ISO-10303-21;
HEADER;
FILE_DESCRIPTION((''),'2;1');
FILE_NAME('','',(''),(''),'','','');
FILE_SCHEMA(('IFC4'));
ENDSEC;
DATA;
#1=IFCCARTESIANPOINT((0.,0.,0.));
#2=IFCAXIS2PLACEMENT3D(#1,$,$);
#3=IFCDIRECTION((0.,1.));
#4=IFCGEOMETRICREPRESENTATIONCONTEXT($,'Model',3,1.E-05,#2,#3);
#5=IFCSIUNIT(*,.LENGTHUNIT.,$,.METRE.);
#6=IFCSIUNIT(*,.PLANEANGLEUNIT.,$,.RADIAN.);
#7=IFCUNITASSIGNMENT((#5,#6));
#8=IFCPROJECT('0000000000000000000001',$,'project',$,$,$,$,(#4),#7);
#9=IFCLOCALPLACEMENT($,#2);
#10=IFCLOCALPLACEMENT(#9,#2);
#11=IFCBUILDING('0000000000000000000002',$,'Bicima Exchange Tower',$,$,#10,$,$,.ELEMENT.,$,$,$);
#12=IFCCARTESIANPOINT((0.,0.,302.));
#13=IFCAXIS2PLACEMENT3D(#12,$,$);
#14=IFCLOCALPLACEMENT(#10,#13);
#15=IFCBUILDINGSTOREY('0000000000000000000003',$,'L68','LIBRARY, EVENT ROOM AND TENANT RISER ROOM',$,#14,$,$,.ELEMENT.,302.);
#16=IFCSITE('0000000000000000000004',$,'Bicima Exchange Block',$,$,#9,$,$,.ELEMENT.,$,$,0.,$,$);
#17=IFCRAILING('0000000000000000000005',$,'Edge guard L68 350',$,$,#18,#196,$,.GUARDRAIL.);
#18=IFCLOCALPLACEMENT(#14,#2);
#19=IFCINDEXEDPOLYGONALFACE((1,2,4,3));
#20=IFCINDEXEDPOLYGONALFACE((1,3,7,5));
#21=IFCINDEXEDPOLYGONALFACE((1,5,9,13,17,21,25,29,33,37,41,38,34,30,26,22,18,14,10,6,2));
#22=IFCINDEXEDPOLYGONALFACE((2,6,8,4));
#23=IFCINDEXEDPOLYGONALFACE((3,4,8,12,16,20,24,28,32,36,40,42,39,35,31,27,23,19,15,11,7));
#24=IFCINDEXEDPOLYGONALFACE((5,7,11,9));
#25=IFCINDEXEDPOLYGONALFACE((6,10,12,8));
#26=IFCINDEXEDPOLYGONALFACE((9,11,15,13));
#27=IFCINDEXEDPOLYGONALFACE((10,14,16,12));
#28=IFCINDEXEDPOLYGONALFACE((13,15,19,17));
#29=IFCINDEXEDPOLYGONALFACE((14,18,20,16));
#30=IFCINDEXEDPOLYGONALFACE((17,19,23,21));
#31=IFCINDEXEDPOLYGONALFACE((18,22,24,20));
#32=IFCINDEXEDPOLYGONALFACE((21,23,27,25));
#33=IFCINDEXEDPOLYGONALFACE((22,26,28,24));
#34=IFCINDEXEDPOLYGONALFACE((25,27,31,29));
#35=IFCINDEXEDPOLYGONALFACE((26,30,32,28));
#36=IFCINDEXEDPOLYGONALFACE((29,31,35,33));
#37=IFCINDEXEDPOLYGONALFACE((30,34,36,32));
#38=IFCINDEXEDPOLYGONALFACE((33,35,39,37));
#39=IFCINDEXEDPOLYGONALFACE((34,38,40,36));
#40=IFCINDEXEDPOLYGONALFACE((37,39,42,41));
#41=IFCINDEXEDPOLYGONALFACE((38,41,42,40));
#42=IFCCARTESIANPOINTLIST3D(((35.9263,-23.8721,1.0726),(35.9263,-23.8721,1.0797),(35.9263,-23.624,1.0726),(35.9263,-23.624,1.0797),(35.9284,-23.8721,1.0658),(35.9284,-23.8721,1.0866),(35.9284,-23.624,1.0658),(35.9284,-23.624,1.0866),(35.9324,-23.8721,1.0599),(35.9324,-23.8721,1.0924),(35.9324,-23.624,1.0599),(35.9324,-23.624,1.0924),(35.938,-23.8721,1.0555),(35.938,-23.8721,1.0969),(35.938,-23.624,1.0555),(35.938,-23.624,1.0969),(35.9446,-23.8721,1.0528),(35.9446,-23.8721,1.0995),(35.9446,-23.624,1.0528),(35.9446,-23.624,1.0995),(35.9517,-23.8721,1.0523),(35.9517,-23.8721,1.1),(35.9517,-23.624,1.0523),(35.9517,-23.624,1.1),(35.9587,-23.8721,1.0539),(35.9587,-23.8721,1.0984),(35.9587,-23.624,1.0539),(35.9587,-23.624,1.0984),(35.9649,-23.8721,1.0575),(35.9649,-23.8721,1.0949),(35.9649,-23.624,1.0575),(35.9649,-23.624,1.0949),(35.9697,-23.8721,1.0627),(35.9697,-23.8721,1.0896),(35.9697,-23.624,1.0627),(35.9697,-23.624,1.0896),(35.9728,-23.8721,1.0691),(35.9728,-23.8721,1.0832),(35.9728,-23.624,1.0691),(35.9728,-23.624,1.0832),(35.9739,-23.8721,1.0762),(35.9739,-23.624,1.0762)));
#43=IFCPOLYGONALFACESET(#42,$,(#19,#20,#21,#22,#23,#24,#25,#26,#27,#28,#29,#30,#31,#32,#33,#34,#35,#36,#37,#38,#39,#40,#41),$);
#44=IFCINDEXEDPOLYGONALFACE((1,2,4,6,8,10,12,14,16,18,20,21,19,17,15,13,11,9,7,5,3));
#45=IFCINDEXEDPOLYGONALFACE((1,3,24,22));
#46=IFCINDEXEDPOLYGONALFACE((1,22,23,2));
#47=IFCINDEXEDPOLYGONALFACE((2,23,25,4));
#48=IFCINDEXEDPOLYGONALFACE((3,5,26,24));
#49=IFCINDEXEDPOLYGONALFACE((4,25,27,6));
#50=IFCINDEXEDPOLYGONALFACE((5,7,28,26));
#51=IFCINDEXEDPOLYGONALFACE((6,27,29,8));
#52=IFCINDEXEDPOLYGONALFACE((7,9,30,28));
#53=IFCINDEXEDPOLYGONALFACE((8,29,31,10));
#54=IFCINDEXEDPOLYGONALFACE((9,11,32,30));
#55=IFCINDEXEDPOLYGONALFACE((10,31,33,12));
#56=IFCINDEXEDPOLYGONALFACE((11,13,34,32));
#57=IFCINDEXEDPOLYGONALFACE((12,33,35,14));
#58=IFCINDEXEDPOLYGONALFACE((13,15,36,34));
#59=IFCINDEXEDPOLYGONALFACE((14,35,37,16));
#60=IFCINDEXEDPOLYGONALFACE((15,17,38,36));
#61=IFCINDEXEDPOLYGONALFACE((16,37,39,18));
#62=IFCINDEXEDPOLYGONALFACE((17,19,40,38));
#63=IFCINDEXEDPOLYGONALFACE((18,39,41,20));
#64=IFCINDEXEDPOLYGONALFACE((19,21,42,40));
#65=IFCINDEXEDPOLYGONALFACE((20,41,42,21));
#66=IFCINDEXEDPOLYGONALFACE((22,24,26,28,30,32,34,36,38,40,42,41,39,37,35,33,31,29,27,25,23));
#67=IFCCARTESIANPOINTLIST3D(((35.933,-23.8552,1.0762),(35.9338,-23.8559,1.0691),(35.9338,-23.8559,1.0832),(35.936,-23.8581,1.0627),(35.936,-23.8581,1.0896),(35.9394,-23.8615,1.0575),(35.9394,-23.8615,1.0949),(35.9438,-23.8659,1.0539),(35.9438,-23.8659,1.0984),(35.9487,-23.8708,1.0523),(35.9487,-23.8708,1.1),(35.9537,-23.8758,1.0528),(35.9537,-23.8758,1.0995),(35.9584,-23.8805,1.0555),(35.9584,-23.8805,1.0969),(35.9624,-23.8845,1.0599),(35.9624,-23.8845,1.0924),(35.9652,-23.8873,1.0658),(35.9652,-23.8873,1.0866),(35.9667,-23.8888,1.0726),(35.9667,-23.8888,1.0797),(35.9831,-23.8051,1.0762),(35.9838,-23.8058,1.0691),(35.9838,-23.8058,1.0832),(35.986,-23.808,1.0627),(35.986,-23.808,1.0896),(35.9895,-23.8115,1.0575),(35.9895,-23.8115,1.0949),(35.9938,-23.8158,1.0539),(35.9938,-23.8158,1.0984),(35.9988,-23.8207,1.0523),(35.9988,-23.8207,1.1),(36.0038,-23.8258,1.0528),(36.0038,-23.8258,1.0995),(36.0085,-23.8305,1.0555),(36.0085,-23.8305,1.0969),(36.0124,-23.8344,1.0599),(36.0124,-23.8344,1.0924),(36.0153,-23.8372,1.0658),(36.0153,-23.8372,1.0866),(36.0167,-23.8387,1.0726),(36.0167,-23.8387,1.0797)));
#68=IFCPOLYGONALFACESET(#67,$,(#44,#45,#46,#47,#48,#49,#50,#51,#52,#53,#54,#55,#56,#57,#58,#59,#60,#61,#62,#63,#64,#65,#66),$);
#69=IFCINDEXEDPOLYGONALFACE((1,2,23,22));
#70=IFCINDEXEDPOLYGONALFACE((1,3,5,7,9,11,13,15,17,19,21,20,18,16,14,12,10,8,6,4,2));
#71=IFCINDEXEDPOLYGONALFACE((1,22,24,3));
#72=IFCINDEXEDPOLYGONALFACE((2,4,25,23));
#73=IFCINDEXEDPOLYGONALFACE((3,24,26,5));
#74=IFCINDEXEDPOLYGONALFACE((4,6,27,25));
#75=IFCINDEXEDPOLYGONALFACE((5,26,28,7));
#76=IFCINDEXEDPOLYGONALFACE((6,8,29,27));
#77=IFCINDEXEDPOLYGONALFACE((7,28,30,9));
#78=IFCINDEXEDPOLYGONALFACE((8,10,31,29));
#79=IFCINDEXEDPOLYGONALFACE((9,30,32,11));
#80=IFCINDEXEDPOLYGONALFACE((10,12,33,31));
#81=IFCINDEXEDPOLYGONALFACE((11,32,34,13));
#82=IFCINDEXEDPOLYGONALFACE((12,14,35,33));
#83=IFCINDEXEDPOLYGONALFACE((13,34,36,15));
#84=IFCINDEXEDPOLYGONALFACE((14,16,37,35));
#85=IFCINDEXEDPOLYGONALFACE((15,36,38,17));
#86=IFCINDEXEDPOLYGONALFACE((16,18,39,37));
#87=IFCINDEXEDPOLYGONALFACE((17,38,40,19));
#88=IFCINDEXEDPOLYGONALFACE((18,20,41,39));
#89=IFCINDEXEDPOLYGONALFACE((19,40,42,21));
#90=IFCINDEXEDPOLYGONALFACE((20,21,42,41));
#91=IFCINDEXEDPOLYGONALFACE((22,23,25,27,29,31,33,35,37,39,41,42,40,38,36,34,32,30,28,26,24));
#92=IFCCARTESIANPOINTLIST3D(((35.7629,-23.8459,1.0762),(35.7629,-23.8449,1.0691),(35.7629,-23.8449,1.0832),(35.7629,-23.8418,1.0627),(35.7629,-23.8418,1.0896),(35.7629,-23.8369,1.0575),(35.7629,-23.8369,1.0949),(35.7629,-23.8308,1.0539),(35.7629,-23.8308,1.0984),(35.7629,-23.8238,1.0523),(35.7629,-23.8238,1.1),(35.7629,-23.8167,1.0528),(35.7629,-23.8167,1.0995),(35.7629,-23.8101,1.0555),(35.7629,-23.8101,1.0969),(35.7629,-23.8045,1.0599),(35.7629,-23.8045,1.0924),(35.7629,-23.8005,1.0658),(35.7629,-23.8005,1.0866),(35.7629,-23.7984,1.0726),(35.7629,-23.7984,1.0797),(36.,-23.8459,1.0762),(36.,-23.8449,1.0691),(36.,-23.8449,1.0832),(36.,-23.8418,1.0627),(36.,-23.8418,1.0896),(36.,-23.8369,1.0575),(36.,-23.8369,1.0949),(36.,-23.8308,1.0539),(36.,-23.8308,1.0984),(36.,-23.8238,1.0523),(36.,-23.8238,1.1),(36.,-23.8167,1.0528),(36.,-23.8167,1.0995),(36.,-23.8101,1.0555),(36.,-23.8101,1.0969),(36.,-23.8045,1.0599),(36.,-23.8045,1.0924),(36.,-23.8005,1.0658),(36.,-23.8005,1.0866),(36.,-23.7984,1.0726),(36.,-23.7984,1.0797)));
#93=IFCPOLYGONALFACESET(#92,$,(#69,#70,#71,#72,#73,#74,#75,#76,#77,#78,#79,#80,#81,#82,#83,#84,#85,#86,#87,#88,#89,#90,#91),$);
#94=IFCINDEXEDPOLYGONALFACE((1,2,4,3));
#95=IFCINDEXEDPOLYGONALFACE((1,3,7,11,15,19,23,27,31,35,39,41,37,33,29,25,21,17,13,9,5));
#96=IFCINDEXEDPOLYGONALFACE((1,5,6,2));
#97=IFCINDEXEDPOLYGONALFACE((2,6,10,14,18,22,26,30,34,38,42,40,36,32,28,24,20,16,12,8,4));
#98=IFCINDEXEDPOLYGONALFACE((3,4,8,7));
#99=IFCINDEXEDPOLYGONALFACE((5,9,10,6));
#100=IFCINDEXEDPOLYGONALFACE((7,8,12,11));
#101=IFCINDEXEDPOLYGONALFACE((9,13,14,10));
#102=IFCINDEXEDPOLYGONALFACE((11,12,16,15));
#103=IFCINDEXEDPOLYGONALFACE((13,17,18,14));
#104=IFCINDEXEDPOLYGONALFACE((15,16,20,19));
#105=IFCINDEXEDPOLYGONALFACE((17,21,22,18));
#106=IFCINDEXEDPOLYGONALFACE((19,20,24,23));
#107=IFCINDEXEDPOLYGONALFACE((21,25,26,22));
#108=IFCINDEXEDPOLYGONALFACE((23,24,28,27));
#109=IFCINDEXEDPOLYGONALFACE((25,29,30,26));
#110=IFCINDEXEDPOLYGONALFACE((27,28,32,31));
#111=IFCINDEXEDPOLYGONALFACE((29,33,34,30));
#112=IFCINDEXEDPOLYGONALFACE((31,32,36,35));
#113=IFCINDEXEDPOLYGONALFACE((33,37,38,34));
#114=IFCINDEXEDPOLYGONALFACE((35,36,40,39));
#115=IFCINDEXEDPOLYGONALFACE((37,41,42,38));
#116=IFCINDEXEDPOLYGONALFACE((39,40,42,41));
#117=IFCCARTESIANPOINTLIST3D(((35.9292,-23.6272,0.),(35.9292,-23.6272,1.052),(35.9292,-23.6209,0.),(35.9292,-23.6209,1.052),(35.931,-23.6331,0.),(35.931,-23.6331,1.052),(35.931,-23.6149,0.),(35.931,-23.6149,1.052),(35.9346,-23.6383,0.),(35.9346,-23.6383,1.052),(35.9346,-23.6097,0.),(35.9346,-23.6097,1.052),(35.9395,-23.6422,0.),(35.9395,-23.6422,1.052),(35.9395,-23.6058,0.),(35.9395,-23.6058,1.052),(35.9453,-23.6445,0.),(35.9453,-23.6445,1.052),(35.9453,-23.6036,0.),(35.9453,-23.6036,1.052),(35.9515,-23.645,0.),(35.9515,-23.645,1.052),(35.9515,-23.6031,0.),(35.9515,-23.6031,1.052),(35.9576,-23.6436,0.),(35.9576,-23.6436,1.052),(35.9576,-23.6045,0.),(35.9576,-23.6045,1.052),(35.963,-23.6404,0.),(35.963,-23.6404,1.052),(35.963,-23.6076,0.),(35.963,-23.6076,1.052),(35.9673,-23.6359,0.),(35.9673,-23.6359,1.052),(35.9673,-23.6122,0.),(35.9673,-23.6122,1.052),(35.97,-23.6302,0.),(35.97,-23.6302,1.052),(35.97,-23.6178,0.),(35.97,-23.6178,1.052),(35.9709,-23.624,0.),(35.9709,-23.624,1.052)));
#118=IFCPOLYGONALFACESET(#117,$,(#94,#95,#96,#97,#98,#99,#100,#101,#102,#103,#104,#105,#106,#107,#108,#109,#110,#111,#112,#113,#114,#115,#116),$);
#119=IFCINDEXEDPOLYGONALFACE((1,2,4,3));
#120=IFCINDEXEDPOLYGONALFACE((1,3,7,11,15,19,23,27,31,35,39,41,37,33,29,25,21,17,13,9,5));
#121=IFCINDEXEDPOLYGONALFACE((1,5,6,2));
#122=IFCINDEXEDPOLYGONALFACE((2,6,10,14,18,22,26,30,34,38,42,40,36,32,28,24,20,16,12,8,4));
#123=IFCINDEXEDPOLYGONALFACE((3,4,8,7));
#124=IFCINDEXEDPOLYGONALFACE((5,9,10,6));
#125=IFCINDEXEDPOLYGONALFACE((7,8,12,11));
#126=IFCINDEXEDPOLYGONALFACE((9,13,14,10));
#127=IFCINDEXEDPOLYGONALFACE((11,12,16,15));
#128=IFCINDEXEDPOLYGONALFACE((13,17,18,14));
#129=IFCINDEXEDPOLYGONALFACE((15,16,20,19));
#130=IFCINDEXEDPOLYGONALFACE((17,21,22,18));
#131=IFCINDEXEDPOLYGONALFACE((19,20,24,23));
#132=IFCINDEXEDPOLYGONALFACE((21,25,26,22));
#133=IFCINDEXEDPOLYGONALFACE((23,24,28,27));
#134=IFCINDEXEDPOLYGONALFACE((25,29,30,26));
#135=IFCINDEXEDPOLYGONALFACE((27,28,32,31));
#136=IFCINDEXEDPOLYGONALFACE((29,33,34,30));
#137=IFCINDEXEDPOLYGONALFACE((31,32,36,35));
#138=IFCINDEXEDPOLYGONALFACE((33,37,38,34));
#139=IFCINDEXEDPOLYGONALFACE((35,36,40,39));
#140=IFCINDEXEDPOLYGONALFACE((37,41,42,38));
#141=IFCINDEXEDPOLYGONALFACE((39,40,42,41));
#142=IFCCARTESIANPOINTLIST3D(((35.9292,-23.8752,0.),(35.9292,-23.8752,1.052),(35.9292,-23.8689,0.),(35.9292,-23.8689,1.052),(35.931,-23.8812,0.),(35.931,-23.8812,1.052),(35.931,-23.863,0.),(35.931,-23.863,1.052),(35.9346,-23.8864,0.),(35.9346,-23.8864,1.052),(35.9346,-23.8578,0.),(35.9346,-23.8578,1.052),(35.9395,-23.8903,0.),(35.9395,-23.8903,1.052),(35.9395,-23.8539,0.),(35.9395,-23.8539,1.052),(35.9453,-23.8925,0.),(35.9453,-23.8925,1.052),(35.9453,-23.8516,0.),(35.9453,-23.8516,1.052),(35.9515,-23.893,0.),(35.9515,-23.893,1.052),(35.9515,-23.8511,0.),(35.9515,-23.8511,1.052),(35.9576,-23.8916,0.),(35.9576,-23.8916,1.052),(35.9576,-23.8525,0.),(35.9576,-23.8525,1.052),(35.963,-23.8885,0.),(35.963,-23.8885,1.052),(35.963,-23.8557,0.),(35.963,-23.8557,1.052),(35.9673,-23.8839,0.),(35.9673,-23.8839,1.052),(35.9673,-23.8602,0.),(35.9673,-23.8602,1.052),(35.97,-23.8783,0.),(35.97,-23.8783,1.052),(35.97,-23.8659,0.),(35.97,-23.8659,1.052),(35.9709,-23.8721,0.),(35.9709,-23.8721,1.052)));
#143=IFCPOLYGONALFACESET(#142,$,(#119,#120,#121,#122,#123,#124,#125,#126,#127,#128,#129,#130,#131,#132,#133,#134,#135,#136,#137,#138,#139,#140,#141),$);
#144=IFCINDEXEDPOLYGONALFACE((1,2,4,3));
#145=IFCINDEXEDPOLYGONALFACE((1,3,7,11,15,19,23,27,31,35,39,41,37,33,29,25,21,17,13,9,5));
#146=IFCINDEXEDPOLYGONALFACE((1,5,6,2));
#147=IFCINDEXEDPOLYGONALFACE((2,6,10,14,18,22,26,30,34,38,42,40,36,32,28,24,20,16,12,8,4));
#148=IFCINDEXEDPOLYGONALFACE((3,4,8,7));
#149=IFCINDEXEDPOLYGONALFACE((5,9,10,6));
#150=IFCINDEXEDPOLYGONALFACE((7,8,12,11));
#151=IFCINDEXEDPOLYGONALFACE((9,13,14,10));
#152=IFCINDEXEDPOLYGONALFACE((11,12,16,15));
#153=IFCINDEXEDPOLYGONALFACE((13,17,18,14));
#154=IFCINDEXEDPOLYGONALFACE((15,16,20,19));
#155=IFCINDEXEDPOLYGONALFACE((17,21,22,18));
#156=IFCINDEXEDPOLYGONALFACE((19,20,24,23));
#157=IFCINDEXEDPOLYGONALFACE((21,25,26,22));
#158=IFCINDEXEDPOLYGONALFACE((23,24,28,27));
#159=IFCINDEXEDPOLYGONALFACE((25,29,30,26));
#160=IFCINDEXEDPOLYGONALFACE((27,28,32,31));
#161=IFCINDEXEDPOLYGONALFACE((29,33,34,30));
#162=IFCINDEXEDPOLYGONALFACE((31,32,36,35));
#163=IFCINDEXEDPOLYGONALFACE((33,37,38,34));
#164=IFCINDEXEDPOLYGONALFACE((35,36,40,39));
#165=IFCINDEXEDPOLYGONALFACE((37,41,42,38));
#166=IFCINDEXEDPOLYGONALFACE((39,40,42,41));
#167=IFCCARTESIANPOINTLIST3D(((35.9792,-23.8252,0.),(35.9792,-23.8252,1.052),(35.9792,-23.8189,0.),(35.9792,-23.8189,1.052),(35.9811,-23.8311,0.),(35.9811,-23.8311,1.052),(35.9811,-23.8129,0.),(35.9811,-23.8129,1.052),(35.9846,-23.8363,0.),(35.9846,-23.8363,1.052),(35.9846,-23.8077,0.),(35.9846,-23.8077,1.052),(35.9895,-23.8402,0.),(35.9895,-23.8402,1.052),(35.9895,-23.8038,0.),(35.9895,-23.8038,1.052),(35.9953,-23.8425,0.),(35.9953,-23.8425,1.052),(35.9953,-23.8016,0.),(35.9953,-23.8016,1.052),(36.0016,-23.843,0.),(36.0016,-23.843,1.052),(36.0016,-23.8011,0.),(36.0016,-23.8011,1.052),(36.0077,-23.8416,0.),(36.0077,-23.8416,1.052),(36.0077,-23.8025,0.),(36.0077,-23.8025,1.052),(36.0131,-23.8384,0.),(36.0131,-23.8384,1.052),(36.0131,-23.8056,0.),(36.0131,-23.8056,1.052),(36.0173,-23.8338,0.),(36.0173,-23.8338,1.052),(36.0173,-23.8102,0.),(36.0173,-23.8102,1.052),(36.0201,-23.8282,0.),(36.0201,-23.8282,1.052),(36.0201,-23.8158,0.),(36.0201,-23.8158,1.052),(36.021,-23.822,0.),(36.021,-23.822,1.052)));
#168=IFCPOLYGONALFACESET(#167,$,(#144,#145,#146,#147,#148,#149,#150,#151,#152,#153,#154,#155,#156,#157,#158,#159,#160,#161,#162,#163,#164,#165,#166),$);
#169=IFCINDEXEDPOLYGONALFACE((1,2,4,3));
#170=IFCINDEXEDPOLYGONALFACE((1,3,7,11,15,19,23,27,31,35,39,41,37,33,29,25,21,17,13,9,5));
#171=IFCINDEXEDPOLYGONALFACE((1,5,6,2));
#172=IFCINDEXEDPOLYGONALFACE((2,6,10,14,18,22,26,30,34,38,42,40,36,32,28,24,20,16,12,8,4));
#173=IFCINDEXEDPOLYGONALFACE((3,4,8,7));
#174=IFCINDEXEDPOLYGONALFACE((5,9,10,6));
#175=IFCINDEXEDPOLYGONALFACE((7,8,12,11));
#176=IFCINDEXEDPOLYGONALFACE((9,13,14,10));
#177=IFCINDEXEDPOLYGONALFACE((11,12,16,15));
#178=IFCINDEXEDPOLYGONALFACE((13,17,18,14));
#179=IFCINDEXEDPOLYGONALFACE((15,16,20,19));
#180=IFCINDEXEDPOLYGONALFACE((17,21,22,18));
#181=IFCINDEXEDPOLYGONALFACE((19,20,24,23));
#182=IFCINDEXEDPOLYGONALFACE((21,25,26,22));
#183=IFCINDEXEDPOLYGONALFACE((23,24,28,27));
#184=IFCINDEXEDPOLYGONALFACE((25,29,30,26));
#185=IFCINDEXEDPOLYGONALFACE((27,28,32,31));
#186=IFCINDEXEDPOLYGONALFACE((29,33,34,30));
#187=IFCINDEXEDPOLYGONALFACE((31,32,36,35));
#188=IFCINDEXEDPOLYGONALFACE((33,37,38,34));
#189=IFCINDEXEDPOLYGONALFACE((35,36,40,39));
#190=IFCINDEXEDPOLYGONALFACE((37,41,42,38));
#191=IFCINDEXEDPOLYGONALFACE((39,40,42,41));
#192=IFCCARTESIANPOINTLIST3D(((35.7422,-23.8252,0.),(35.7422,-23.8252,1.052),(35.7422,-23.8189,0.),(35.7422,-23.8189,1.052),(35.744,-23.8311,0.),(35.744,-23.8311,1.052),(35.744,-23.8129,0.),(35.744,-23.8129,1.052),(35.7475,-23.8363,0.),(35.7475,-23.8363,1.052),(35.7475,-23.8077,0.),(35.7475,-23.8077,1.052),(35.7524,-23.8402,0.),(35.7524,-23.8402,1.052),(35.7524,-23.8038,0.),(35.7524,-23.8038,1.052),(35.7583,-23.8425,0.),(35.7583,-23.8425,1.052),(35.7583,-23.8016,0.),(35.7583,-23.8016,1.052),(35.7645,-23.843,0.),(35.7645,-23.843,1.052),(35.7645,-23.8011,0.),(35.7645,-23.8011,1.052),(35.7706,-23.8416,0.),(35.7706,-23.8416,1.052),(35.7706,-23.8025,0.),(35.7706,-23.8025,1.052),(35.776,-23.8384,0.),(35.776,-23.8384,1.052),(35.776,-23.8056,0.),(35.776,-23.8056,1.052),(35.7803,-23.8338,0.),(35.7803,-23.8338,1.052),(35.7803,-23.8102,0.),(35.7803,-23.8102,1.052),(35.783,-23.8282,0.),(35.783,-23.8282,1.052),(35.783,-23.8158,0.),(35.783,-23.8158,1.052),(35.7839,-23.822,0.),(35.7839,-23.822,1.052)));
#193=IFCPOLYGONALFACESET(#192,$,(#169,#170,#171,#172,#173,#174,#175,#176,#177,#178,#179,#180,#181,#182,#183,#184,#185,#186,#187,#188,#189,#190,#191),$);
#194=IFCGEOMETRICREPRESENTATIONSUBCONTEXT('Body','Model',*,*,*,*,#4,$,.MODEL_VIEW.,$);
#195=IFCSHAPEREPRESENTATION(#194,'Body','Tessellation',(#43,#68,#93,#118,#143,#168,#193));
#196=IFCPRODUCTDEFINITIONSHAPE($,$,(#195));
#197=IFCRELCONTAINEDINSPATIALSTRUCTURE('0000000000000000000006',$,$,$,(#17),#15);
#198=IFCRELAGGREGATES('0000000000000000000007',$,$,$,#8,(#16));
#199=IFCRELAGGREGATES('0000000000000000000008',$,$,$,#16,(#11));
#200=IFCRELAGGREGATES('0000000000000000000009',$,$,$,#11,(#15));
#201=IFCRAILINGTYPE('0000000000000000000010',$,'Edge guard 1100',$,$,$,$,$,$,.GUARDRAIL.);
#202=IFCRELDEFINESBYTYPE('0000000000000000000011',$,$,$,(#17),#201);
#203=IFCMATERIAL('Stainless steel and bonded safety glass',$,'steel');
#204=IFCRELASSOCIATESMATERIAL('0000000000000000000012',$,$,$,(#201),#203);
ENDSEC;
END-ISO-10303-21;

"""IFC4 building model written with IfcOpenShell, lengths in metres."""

from ifc_helpers import new_model, si_unit, direction, frame, origin, origin_2d, place, context, subcontext, project, spatial, circle, extrude, material, type_object, element, save


model = new_model("IFC4")

# Units and contexts
model_context = context("Model", 3, precision=1e-05, world=origin(), true_north=direction((0.0, 1.0)))
body_context = subcontext(model_context, "Body", "Model", "MODEL_VIEW")
ifc_project = project(units=[si_unit("LENGTHUNIT", "METRE"), si_unit("PLANEANGLEUNIT", "RADIAN")], contexts=[model_context])

# Site, building, storey
site_placement = place(None, origin())
site = spatial("IfcSite", under=ifc_project, at=site_placement, Name="Bicima Exchange Block", CompositionType="ELEMENT", RefElevation=0.0)
building_placement = place(site_placement, origin())
building = spatial("IfcBuilding", under=site, at=building_placement, Name="Bicima Exchange Tower", CompositionType="ELEMENT")
storey_placement = place(building_placement, frame((0.0, 0.0, 302.0)))
storey = spatial("IfcBuildingStorey", under=building, at=storey_placement, Name="L68", Description="LIBRARY, EVENT ROOM AND TENANT RISER ROOM", CompositionType="ELEMENT", Elevation=302.0)

# Railing
ifc_material_1 = material(Name="Stainless steel and bonded safety glass", Category="steel")
railing_type = type_object("IfcRailingType", Name="Edge guard 1100", PredefinedType="GUARDRAIL", material=ifc_material_1)
railing_1_placement = place(storey_placement, frame((35.95, -23.624, 0.0)))
element("IfcRailing", 1, at=railing_1_placement, inside=storey, type_object=railing_type, Name="Edge guard L68 350", PredefinedType="GUARDRAIL", context=body_context, shape_type="SweptSolid", body=[
    extrude(circle(Radius=0.0239, at=origin_2d()), frame((0.0, 0.0, 1.0762), z_axis=(0.0, -1.0, 0.0), x_axis=(1.0, 0.0, 0.0)), (0.0, 0.0, 1.0), 0.248),
    extrude(circle(Radius=0.0239, at=origin_2d()), frame((0.0, -0.248, 1.0762), z_axis=(0.707107, 0.707107, 0.0), x_axis=(-0.707107, 0.707107, 0.0)), (0.0, 0.0, 1.0), 0.0708),
    extrude(circle(Radius=0.0239, at=origin_2d()), frame((0.05, -0.198, 1.0762), z_axis=(-1.0, 0.0, 0.0), x_axis=(0.0, -1.0, 0.0)), (0.0, 0.0, 1.0), 0.2371),
    extrude(circle(Radius=0.021, at=origin_2d()), origin(), (0.0, 0.0, 1.0), 1.052),
    extrude(circle(Radius=0.021, at=origin_2d()), frame((0.0, -0.248, 0.0)), (0.0, 0.0, 1.0), 1.052),
    extrude(circle(Radius=0.021, at=origin_2d()), frame((0.05, -0.198, 0.0)), (0.0, 0.0, 1.0), 1.052),
    extrude(circle(Radius=0.021, at=origin_2d()), frame((-0.187, -0.198, 0.0)), (0.0, 0.0, 1.0), 1.052),
])

save(model, "model.ifc")
